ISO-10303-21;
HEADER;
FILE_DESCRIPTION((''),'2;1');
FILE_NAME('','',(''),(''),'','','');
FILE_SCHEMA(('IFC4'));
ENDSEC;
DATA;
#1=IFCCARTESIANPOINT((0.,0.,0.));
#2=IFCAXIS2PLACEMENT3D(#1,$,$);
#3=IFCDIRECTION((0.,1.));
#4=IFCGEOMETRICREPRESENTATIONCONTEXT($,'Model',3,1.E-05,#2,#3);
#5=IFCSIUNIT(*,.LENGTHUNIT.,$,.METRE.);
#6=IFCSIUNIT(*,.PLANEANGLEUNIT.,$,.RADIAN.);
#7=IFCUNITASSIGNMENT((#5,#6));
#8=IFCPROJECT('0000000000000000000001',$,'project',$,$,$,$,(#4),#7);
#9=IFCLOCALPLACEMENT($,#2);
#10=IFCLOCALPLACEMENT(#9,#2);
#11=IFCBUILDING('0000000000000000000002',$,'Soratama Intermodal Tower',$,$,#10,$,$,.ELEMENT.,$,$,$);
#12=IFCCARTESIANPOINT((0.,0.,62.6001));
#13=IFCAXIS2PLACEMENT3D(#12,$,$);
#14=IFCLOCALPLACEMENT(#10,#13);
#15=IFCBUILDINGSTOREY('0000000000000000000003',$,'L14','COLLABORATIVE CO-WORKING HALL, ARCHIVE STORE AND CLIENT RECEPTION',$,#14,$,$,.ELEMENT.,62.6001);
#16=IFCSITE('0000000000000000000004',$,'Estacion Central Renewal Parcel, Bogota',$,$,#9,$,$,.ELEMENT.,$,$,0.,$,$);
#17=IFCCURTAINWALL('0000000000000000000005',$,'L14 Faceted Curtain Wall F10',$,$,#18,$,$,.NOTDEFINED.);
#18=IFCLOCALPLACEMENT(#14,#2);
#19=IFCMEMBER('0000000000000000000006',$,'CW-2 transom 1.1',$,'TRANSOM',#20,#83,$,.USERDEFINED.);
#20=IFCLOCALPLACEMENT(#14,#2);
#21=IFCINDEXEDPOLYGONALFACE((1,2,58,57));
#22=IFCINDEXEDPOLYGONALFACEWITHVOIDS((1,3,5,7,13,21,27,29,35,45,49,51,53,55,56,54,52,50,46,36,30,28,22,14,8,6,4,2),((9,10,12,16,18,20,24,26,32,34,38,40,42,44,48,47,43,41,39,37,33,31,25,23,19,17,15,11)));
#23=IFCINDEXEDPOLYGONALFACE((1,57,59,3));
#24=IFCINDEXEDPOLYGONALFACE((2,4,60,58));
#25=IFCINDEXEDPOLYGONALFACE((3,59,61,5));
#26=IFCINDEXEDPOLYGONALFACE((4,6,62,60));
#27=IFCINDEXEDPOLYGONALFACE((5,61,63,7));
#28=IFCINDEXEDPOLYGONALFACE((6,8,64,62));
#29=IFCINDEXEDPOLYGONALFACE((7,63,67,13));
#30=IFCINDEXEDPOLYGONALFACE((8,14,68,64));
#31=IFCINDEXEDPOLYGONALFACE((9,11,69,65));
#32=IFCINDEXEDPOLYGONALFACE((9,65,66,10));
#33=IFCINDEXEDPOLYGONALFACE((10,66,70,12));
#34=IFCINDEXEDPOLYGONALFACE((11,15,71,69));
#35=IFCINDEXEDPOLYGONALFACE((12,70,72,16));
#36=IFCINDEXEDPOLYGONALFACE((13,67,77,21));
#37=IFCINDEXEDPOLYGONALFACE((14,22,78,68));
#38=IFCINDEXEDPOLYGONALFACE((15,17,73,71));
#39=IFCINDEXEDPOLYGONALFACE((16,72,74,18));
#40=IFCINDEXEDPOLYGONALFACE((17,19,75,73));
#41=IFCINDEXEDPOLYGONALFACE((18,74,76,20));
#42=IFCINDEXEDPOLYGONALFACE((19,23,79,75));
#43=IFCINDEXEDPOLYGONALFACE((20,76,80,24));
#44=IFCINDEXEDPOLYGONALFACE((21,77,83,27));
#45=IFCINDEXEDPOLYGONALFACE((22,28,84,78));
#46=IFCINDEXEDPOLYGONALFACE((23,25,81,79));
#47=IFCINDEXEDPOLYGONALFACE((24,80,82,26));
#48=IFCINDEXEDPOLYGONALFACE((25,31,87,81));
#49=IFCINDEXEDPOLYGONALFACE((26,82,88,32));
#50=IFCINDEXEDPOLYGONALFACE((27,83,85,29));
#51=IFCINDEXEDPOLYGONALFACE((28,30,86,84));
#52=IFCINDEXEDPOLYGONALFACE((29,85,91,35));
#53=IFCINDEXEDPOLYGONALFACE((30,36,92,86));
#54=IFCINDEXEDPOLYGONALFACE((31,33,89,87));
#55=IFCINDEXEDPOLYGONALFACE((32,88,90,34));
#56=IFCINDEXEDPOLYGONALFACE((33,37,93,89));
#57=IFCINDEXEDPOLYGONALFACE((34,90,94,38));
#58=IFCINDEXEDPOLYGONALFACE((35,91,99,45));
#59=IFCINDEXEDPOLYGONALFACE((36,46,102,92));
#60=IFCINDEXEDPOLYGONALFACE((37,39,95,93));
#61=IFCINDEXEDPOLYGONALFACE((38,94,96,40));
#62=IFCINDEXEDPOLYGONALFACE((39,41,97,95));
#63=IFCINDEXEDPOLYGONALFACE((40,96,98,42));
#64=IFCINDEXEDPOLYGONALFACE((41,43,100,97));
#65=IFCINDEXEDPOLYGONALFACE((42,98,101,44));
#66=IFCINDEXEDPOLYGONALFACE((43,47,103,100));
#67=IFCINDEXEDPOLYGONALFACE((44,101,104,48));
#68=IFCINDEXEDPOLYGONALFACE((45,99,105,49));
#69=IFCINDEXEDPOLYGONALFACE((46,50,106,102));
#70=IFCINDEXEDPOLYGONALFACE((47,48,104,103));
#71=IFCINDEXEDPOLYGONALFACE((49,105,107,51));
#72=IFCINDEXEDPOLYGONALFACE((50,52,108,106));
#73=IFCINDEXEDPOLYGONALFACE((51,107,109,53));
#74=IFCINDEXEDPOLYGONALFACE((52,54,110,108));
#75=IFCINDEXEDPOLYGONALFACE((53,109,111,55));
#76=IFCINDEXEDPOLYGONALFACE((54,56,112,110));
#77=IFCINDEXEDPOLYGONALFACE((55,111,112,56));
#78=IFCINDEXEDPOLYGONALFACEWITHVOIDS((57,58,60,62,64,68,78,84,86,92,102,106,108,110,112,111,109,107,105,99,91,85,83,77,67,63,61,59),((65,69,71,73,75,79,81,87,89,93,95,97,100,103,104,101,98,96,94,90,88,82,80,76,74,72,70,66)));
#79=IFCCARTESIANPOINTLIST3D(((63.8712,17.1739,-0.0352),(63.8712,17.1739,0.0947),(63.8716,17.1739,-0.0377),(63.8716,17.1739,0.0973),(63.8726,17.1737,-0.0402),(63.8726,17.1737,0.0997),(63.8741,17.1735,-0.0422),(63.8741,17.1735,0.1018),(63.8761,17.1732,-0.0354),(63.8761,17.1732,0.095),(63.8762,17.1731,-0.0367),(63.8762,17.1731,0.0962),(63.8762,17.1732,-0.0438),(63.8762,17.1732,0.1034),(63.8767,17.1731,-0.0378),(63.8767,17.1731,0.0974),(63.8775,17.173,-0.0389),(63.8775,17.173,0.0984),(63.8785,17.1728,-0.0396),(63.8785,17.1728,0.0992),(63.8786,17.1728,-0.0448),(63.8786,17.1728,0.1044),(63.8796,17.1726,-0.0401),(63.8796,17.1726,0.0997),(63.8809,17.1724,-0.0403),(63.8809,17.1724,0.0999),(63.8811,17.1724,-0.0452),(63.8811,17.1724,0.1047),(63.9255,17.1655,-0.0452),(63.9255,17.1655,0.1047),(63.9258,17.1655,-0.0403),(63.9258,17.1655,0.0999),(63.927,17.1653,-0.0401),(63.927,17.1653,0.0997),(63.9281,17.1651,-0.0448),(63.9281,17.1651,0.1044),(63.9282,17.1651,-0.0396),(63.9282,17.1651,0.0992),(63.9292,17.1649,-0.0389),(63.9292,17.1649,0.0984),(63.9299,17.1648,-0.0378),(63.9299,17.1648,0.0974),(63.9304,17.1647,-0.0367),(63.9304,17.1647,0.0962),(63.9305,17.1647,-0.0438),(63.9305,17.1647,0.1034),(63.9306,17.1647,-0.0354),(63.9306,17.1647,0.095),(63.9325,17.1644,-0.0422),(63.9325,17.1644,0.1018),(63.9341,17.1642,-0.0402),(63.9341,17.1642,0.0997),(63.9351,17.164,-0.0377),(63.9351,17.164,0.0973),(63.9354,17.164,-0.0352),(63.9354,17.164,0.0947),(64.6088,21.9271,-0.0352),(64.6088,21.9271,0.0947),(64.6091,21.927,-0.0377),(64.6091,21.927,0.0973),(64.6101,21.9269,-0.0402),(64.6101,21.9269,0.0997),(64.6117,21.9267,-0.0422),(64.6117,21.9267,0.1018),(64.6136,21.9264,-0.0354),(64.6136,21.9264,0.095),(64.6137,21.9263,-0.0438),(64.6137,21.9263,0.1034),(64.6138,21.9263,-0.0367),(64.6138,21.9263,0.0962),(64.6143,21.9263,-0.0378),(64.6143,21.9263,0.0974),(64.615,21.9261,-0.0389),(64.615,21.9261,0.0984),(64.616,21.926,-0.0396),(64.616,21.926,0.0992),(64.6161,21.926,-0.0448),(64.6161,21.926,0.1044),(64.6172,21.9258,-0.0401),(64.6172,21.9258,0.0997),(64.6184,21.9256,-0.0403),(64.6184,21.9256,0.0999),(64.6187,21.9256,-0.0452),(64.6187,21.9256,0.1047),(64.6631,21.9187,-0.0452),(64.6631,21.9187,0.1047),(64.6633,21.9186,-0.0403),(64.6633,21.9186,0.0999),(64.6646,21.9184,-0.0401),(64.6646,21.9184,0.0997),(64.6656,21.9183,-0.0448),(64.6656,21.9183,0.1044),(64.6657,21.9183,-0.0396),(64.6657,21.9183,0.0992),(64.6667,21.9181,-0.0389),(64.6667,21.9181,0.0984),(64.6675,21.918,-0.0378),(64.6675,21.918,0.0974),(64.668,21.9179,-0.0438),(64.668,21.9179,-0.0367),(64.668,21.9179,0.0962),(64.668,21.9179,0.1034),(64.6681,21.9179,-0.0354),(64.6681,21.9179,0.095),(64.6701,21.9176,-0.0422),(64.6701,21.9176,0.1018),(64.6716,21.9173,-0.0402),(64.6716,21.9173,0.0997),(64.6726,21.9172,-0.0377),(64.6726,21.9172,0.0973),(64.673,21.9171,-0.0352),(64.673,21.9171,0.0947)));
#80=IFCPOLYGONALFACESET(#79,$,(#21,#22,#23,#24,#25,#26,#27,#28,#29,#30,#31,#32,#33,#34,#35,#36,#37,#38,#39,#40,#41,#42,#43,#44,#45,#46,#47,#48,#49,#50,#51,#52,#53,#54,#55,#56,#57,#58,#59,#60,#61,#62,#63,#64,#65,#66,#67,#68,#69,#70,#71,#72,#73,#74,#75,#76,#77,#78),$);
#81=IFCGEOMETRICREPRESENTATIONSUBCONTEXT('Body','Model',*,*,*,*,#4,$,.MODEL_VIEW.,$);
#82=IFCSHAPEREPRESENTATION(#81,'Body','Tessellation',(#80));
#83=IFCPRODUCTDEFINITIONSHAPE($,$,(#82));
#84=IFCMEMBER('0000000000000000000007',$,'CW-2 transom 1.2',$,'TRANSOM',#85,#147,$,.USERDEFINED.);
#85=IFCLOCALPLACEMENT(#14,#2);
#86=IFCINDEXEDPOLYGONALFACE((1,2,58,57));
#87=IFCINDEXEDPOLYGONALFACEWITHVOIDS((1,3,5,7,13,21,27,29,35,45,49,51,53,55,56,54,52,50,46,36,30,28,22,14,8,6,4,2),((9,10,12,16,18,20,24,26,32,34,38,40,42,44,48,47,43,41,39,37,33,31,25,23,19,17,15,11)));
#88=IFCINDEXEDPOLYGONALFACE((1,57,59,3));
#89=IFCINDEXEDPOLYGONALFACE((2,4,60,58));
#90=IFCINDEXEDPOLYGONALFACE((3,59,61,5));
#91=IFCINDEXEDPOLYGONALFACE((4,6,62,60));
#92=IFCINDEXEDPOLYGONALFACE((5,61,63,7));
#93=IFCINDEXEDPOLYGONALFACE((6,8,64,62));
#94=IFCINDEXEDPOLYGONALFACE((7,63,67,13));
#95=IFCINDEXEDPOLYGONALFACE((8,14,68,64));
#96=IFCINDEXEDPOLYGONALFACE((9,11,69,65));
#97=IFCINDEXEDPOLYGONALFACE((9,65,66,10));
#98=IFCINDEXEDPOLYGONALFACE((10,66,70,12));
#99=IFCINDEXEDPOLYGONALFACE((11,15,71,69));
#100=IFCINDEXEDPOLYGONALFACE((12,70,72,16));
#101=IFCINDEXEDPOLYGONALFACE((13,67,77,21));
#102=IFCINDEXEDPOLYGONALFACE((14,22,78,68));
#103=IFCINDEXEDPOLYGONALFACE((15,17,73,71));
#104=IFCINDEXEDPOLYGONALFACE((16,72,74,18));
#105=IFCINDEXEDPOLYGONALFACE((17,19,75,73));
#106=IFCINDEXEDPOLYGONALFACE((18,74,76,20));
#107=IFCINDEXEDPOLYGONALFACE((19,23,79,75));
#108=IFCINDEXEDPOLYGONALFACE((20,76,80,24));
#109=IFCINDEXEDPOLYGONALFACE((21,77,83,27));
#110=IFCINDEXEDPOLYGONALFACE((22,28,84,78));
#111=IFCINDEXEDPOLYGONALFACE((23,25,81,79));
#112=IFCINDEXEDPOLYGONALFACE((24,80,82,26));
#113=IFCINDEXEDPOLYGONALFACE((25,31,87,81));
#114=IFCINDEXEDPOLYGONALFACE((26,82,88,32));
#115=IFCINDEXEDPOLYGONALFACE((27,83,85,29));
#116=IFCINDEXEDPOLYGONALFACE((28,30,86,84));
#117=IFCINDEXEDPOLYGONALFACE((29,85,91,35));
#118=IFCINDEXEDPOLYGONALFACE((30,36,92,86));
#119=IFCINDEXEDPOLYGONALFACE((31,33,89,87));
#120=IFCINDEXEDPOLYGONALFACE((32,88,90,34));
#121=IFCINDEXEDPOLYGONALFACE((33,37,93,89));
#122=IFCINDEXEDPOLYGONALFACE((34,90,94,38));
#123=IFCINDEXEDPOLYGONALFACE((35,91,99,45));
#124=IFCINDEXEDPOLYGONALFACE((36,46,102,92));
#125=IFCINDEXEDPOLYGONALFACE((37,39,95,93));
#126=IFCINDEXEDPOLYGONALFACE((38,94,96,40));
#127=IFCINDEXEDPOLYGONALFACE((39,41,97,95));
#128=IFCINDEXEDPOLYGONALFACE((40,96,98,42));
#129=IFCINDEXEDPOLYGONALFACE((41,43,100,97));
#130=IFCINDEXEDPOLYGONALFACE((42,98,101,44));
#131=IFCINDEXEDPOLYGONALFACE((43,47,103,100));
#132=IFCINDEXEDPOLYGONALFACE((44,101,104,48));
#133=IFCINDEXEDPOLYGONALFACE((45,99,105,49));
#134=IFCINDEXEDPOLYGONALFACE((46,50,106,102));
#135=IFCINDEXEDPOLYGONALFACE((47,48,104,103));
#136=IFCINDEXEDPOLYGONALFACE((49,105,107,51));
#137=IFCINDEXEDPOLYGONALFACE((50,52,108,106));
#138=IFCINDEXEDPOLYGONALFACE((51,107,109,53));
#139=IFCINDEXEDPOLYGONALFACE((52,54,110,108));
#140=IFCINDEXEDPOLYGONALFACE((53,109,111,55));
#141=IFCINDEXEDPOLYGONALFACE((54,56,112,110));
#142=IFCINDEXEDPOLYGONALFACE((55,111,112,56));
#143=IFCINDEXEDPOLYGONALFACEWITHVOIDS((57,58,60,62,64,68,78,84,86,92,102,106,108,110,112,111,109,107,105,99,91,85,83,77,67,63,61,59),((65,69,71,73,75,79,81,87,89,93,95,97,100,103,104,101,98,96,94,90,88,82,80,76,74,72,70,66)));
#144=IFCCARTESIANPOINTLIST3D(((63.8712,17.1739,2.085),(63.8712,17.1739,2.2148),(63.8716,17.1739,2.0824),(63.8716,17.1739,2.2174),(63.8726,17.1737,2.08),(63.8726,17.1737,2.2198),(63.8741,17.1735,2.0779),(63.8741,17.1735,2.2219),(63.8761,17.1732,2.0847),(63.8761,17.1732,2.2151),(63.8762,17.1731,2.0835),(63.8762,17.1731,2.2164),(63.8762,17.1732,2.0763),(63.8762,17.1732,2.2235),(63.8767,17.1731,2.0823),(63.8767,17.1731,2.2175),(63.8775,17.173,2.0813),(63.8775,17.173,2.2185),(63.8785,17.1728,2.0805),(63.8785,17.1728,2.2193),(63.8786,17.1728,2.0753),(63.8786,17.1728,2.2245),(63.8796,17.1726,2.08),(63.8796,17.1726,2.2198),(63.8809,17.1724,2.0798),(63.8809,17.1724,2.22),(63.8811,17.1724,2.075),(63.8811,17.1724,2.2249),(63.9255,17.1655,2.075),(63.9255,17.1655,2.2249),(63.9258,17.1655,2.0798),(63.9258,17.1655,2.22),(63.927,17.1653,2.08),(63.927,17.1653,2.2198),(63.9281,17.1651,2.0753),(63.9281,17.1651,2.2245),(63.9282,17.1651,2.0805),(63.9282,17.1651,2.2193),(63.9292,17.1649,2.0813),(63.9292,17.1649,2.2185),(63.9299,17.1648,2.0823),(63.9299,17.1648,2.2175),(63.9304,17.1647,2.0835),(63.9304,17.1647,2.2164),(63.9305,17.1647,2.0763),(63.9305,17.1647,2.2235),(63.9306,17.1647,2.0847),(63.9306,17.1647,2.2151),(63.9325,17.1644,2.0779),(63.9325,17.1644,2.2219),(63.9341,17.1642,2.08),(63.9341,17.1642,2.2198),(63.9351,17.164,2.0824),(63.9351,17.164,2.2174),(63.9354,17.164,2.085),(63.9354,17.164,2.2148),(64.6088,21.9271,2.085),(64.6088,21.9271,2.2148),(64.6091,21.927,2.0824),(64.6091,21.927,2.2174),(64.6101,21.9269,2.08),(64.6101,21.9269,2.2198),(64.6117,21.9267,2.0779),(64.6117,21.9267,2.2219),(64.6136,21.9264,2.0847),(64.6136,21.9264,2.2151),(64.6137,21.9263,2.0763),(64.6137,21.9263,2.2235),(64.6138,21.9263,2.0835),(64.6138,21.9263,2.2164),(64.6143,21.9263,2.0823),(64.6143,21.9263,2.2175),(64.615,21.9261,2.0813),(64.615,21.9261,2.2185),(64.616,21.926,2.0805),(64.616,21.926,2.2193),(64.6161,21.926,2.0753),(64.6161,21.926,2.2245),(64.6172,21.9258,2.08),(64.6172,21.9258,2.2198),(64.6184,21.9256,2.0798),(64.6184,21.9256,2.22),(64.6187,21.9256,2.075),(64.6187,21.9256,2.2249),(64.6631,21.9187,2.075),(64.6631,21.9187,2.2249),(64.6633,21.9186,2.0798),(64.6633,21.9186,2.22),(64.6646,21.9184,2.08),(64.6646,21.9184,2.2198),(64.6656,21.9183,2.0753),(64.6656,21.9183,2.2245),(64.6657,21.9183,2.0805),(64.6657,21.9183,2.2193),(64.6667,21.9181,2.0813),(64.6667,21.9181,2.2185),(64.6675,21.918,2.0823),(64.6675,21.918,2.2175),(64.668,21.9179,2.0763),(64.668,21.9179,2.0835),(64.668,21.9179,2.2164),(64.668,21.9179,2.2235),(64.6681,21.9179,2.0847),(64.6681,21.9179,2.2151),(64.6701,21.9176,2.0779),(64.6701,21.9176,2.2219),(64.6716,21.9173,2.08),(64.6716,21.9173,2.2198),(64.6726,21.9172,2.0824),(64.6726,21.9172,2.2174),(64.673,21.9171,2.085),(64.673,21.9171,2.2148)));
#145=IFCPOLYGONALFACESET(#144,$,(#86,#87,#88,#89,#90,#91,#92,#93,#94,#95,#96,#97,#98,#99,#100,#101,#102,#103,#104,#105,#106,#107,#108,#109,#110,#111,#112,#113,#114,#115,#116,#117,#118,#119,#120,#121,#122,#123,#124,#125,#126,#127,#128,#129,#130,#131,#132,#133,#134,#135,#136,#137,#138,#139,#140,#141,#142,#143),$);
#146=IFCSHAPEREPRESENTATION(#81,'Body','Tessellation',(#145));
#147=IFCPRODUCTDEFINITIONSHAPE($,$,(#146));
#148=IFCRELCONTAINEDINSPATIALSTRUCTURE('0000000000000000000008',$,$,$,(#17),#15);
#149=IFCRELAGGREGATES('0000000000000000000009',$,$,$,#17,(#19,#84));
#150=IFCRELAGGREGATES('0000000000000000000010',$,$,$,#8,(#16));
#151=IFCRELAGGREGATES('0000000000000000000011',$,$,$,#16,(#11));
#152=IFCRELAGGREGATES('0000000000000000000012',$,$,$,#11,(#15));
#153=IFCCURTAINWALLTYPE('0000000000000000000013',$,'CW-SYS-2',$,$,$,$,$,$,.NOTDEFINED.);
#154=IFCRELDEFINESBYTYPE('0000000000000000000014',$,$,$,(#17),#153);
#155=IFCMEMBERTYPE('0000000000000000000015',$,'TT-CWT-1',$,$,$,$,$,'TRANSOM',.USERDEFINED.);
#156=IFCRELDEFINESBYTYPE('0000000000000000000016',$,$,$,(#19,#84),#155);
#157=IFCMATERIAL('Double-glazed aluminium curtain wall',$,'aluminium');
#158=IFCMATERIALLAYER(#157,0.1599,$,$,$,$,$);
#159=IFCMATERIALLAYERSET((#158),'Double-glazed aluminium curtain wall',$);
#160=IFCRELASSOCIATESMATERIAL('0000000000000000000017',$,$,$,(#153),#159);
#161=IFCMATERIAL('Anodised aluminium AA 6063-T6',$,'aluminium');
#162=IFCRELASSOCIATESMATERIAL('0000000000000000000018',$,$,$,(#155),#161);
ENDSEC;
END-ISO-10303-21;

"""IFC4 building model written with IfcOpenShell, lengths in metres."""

from ifc_helpers import new_model, si_unit, direction, frame, origin, origin_2d, place, context, subcontext, project, spatial, hollow_rectangle, extrude, material, layer, layer_set, material_profile, profile_set, type_object, element, aggregate, save


model = new_model("IFC4")

# Units and contexts
model_context = context("Model", 3, precision=1e-05, world=origin(), true_north=direction((0.0, 1.0)))
body_context = subcontext(model_context, "Body", "Model", "MODEL_VIEW")
ifc_project = project(units=[si_unit("LENGTHUNIT", "METRE"), si_unit("PLANEANGLEUNIT", "RADIAN")], contexts=[model_context])

# Site, building, storey
site_placement = place(None, origin())
site = spatial("IfcSite", under=ifc_project, at=site_placement, Name="Estacion Central Renewal Parcel, Bogota", CompositionType="ELEMENT", RefElevation=0.0)
building_placement = place(site_placement, origin())
building = spatial("IfcBuilding", under=site, at=building_placement, Name="Soratama Intermodal Tower", CompositionType="ELEMENT")
storey_placement = place(building_placement, frame((0.0, 0.0, 62.6001)))
storey = spatial("IfcBuildingStorey", under=building, at=storey_placement, Name="L14", Description="COLLABORATIVE CO-WORKING HALL, ARCHIVE STORE AND CLIENT RECEPTION", CompositionType="ELEMENT", Elevation=62.6001)

# Shared definitions
ifc_material_1 = material(Name="Double-glazed aluminium curtain wall", Category="aluminium")
ifc_layer_1 = layer(ifc_material_1, 0.1599)
ifc_layer_set_1 = layer_set([ifc_layer_1], Name="Double-glazed aluminium curtain wall")
curtain_wall_type = type_object("IfcCurtainWallType", Name="CW-SYS-2", PredefinedType="NOTDEFINED", material=ifc_layer_set_1)

# Curtain wall, members
curtain_wall_1_placement = place(storey_placement, origin())
curtain_wall_1 = element("IfcCurtainWall", 1, at=curtain_wall_1_placement, inside=storey, type_object=curtain_wall_type, Name="L14 Faceted Curtain Wall F10", PredefinedType="NOTDEFINED")
ifc_material_2 = material(Name="Anodised aluminium AA 6063-T6", Category="aluminium")
ifc_material_profile_1 = material_profile(ifc_material_2, hollow_rectangle(XDim=0.0649, YDim=0.1499, WallThickness=0.0049, InnerFilletRadius=0.0049, OuterFilletRadius=0.01, at=origin_2d()), Name="CWT150X65X5")
ifc_profile_set_1 = profile_set([ifc_material_profile_1], Name="Anodised aluminium AA 6063-T6")
member_type_1 = type_object("IfcMemberType", Name="TT-CWT-1", ElementType="TRANSOM", PredefinedType="USERDEFINED", material=ifc_profile_set_1)
member_1_placement = place(storey_placement, frame((63.9033, 17.1689, 0.0298), z_axis=(0.153335, 0.988174, 0.0), x_axis=(-0.988174, 0.153335, 0.0)))
member_1 = element("IfcMember", 2, at=member_1_placement, type_object=member_type_1, Name="CW-2 transom 1.1", ObjectType="TRANSOM", PredefinedType="USERDEFINED", context=body_context, shape_type="SweptSolid", body=[
    extrude(hollow_rectangle(XDim=0.0649, YDim=0.1499, WallThickness=0.0049, InnerFilletRadius=0.0049, OuterFilletRadius=0.01, at=origin_2d()), origin(), (0.0, 0.0, 1.0), 4.8101),
])
member_2_placement = place(storey_placement, frame((63.9033, 17.1689, 2.1499), z_axis=(0.153335, 0.988174, 0.0), x_axis=(-0.988174, 0.153335, 0.0)))
member_2 = element("IfcMember", 3, at=member_2_placement, type_object=member_type_1, Name="CW-2 transom 1.2", ObjectType="TRANSOM", PredefinedType="USERDEFINED", context=body_context, shape_type="SweptSolid", body=[
    extrude(hollow_rectangle(XDim=0.0649, YDim=0.1499, WallThickness=0.0049, InnerFilletRadius=0.0049, OuterFilletRadius=0.01, at=origin_2d()), origin(), (0.0, 0.0, 1.0), 4.8101),
])
aggregate(curtain_wall_1, [member_1, member_2])

save(model, "model.ifc")
